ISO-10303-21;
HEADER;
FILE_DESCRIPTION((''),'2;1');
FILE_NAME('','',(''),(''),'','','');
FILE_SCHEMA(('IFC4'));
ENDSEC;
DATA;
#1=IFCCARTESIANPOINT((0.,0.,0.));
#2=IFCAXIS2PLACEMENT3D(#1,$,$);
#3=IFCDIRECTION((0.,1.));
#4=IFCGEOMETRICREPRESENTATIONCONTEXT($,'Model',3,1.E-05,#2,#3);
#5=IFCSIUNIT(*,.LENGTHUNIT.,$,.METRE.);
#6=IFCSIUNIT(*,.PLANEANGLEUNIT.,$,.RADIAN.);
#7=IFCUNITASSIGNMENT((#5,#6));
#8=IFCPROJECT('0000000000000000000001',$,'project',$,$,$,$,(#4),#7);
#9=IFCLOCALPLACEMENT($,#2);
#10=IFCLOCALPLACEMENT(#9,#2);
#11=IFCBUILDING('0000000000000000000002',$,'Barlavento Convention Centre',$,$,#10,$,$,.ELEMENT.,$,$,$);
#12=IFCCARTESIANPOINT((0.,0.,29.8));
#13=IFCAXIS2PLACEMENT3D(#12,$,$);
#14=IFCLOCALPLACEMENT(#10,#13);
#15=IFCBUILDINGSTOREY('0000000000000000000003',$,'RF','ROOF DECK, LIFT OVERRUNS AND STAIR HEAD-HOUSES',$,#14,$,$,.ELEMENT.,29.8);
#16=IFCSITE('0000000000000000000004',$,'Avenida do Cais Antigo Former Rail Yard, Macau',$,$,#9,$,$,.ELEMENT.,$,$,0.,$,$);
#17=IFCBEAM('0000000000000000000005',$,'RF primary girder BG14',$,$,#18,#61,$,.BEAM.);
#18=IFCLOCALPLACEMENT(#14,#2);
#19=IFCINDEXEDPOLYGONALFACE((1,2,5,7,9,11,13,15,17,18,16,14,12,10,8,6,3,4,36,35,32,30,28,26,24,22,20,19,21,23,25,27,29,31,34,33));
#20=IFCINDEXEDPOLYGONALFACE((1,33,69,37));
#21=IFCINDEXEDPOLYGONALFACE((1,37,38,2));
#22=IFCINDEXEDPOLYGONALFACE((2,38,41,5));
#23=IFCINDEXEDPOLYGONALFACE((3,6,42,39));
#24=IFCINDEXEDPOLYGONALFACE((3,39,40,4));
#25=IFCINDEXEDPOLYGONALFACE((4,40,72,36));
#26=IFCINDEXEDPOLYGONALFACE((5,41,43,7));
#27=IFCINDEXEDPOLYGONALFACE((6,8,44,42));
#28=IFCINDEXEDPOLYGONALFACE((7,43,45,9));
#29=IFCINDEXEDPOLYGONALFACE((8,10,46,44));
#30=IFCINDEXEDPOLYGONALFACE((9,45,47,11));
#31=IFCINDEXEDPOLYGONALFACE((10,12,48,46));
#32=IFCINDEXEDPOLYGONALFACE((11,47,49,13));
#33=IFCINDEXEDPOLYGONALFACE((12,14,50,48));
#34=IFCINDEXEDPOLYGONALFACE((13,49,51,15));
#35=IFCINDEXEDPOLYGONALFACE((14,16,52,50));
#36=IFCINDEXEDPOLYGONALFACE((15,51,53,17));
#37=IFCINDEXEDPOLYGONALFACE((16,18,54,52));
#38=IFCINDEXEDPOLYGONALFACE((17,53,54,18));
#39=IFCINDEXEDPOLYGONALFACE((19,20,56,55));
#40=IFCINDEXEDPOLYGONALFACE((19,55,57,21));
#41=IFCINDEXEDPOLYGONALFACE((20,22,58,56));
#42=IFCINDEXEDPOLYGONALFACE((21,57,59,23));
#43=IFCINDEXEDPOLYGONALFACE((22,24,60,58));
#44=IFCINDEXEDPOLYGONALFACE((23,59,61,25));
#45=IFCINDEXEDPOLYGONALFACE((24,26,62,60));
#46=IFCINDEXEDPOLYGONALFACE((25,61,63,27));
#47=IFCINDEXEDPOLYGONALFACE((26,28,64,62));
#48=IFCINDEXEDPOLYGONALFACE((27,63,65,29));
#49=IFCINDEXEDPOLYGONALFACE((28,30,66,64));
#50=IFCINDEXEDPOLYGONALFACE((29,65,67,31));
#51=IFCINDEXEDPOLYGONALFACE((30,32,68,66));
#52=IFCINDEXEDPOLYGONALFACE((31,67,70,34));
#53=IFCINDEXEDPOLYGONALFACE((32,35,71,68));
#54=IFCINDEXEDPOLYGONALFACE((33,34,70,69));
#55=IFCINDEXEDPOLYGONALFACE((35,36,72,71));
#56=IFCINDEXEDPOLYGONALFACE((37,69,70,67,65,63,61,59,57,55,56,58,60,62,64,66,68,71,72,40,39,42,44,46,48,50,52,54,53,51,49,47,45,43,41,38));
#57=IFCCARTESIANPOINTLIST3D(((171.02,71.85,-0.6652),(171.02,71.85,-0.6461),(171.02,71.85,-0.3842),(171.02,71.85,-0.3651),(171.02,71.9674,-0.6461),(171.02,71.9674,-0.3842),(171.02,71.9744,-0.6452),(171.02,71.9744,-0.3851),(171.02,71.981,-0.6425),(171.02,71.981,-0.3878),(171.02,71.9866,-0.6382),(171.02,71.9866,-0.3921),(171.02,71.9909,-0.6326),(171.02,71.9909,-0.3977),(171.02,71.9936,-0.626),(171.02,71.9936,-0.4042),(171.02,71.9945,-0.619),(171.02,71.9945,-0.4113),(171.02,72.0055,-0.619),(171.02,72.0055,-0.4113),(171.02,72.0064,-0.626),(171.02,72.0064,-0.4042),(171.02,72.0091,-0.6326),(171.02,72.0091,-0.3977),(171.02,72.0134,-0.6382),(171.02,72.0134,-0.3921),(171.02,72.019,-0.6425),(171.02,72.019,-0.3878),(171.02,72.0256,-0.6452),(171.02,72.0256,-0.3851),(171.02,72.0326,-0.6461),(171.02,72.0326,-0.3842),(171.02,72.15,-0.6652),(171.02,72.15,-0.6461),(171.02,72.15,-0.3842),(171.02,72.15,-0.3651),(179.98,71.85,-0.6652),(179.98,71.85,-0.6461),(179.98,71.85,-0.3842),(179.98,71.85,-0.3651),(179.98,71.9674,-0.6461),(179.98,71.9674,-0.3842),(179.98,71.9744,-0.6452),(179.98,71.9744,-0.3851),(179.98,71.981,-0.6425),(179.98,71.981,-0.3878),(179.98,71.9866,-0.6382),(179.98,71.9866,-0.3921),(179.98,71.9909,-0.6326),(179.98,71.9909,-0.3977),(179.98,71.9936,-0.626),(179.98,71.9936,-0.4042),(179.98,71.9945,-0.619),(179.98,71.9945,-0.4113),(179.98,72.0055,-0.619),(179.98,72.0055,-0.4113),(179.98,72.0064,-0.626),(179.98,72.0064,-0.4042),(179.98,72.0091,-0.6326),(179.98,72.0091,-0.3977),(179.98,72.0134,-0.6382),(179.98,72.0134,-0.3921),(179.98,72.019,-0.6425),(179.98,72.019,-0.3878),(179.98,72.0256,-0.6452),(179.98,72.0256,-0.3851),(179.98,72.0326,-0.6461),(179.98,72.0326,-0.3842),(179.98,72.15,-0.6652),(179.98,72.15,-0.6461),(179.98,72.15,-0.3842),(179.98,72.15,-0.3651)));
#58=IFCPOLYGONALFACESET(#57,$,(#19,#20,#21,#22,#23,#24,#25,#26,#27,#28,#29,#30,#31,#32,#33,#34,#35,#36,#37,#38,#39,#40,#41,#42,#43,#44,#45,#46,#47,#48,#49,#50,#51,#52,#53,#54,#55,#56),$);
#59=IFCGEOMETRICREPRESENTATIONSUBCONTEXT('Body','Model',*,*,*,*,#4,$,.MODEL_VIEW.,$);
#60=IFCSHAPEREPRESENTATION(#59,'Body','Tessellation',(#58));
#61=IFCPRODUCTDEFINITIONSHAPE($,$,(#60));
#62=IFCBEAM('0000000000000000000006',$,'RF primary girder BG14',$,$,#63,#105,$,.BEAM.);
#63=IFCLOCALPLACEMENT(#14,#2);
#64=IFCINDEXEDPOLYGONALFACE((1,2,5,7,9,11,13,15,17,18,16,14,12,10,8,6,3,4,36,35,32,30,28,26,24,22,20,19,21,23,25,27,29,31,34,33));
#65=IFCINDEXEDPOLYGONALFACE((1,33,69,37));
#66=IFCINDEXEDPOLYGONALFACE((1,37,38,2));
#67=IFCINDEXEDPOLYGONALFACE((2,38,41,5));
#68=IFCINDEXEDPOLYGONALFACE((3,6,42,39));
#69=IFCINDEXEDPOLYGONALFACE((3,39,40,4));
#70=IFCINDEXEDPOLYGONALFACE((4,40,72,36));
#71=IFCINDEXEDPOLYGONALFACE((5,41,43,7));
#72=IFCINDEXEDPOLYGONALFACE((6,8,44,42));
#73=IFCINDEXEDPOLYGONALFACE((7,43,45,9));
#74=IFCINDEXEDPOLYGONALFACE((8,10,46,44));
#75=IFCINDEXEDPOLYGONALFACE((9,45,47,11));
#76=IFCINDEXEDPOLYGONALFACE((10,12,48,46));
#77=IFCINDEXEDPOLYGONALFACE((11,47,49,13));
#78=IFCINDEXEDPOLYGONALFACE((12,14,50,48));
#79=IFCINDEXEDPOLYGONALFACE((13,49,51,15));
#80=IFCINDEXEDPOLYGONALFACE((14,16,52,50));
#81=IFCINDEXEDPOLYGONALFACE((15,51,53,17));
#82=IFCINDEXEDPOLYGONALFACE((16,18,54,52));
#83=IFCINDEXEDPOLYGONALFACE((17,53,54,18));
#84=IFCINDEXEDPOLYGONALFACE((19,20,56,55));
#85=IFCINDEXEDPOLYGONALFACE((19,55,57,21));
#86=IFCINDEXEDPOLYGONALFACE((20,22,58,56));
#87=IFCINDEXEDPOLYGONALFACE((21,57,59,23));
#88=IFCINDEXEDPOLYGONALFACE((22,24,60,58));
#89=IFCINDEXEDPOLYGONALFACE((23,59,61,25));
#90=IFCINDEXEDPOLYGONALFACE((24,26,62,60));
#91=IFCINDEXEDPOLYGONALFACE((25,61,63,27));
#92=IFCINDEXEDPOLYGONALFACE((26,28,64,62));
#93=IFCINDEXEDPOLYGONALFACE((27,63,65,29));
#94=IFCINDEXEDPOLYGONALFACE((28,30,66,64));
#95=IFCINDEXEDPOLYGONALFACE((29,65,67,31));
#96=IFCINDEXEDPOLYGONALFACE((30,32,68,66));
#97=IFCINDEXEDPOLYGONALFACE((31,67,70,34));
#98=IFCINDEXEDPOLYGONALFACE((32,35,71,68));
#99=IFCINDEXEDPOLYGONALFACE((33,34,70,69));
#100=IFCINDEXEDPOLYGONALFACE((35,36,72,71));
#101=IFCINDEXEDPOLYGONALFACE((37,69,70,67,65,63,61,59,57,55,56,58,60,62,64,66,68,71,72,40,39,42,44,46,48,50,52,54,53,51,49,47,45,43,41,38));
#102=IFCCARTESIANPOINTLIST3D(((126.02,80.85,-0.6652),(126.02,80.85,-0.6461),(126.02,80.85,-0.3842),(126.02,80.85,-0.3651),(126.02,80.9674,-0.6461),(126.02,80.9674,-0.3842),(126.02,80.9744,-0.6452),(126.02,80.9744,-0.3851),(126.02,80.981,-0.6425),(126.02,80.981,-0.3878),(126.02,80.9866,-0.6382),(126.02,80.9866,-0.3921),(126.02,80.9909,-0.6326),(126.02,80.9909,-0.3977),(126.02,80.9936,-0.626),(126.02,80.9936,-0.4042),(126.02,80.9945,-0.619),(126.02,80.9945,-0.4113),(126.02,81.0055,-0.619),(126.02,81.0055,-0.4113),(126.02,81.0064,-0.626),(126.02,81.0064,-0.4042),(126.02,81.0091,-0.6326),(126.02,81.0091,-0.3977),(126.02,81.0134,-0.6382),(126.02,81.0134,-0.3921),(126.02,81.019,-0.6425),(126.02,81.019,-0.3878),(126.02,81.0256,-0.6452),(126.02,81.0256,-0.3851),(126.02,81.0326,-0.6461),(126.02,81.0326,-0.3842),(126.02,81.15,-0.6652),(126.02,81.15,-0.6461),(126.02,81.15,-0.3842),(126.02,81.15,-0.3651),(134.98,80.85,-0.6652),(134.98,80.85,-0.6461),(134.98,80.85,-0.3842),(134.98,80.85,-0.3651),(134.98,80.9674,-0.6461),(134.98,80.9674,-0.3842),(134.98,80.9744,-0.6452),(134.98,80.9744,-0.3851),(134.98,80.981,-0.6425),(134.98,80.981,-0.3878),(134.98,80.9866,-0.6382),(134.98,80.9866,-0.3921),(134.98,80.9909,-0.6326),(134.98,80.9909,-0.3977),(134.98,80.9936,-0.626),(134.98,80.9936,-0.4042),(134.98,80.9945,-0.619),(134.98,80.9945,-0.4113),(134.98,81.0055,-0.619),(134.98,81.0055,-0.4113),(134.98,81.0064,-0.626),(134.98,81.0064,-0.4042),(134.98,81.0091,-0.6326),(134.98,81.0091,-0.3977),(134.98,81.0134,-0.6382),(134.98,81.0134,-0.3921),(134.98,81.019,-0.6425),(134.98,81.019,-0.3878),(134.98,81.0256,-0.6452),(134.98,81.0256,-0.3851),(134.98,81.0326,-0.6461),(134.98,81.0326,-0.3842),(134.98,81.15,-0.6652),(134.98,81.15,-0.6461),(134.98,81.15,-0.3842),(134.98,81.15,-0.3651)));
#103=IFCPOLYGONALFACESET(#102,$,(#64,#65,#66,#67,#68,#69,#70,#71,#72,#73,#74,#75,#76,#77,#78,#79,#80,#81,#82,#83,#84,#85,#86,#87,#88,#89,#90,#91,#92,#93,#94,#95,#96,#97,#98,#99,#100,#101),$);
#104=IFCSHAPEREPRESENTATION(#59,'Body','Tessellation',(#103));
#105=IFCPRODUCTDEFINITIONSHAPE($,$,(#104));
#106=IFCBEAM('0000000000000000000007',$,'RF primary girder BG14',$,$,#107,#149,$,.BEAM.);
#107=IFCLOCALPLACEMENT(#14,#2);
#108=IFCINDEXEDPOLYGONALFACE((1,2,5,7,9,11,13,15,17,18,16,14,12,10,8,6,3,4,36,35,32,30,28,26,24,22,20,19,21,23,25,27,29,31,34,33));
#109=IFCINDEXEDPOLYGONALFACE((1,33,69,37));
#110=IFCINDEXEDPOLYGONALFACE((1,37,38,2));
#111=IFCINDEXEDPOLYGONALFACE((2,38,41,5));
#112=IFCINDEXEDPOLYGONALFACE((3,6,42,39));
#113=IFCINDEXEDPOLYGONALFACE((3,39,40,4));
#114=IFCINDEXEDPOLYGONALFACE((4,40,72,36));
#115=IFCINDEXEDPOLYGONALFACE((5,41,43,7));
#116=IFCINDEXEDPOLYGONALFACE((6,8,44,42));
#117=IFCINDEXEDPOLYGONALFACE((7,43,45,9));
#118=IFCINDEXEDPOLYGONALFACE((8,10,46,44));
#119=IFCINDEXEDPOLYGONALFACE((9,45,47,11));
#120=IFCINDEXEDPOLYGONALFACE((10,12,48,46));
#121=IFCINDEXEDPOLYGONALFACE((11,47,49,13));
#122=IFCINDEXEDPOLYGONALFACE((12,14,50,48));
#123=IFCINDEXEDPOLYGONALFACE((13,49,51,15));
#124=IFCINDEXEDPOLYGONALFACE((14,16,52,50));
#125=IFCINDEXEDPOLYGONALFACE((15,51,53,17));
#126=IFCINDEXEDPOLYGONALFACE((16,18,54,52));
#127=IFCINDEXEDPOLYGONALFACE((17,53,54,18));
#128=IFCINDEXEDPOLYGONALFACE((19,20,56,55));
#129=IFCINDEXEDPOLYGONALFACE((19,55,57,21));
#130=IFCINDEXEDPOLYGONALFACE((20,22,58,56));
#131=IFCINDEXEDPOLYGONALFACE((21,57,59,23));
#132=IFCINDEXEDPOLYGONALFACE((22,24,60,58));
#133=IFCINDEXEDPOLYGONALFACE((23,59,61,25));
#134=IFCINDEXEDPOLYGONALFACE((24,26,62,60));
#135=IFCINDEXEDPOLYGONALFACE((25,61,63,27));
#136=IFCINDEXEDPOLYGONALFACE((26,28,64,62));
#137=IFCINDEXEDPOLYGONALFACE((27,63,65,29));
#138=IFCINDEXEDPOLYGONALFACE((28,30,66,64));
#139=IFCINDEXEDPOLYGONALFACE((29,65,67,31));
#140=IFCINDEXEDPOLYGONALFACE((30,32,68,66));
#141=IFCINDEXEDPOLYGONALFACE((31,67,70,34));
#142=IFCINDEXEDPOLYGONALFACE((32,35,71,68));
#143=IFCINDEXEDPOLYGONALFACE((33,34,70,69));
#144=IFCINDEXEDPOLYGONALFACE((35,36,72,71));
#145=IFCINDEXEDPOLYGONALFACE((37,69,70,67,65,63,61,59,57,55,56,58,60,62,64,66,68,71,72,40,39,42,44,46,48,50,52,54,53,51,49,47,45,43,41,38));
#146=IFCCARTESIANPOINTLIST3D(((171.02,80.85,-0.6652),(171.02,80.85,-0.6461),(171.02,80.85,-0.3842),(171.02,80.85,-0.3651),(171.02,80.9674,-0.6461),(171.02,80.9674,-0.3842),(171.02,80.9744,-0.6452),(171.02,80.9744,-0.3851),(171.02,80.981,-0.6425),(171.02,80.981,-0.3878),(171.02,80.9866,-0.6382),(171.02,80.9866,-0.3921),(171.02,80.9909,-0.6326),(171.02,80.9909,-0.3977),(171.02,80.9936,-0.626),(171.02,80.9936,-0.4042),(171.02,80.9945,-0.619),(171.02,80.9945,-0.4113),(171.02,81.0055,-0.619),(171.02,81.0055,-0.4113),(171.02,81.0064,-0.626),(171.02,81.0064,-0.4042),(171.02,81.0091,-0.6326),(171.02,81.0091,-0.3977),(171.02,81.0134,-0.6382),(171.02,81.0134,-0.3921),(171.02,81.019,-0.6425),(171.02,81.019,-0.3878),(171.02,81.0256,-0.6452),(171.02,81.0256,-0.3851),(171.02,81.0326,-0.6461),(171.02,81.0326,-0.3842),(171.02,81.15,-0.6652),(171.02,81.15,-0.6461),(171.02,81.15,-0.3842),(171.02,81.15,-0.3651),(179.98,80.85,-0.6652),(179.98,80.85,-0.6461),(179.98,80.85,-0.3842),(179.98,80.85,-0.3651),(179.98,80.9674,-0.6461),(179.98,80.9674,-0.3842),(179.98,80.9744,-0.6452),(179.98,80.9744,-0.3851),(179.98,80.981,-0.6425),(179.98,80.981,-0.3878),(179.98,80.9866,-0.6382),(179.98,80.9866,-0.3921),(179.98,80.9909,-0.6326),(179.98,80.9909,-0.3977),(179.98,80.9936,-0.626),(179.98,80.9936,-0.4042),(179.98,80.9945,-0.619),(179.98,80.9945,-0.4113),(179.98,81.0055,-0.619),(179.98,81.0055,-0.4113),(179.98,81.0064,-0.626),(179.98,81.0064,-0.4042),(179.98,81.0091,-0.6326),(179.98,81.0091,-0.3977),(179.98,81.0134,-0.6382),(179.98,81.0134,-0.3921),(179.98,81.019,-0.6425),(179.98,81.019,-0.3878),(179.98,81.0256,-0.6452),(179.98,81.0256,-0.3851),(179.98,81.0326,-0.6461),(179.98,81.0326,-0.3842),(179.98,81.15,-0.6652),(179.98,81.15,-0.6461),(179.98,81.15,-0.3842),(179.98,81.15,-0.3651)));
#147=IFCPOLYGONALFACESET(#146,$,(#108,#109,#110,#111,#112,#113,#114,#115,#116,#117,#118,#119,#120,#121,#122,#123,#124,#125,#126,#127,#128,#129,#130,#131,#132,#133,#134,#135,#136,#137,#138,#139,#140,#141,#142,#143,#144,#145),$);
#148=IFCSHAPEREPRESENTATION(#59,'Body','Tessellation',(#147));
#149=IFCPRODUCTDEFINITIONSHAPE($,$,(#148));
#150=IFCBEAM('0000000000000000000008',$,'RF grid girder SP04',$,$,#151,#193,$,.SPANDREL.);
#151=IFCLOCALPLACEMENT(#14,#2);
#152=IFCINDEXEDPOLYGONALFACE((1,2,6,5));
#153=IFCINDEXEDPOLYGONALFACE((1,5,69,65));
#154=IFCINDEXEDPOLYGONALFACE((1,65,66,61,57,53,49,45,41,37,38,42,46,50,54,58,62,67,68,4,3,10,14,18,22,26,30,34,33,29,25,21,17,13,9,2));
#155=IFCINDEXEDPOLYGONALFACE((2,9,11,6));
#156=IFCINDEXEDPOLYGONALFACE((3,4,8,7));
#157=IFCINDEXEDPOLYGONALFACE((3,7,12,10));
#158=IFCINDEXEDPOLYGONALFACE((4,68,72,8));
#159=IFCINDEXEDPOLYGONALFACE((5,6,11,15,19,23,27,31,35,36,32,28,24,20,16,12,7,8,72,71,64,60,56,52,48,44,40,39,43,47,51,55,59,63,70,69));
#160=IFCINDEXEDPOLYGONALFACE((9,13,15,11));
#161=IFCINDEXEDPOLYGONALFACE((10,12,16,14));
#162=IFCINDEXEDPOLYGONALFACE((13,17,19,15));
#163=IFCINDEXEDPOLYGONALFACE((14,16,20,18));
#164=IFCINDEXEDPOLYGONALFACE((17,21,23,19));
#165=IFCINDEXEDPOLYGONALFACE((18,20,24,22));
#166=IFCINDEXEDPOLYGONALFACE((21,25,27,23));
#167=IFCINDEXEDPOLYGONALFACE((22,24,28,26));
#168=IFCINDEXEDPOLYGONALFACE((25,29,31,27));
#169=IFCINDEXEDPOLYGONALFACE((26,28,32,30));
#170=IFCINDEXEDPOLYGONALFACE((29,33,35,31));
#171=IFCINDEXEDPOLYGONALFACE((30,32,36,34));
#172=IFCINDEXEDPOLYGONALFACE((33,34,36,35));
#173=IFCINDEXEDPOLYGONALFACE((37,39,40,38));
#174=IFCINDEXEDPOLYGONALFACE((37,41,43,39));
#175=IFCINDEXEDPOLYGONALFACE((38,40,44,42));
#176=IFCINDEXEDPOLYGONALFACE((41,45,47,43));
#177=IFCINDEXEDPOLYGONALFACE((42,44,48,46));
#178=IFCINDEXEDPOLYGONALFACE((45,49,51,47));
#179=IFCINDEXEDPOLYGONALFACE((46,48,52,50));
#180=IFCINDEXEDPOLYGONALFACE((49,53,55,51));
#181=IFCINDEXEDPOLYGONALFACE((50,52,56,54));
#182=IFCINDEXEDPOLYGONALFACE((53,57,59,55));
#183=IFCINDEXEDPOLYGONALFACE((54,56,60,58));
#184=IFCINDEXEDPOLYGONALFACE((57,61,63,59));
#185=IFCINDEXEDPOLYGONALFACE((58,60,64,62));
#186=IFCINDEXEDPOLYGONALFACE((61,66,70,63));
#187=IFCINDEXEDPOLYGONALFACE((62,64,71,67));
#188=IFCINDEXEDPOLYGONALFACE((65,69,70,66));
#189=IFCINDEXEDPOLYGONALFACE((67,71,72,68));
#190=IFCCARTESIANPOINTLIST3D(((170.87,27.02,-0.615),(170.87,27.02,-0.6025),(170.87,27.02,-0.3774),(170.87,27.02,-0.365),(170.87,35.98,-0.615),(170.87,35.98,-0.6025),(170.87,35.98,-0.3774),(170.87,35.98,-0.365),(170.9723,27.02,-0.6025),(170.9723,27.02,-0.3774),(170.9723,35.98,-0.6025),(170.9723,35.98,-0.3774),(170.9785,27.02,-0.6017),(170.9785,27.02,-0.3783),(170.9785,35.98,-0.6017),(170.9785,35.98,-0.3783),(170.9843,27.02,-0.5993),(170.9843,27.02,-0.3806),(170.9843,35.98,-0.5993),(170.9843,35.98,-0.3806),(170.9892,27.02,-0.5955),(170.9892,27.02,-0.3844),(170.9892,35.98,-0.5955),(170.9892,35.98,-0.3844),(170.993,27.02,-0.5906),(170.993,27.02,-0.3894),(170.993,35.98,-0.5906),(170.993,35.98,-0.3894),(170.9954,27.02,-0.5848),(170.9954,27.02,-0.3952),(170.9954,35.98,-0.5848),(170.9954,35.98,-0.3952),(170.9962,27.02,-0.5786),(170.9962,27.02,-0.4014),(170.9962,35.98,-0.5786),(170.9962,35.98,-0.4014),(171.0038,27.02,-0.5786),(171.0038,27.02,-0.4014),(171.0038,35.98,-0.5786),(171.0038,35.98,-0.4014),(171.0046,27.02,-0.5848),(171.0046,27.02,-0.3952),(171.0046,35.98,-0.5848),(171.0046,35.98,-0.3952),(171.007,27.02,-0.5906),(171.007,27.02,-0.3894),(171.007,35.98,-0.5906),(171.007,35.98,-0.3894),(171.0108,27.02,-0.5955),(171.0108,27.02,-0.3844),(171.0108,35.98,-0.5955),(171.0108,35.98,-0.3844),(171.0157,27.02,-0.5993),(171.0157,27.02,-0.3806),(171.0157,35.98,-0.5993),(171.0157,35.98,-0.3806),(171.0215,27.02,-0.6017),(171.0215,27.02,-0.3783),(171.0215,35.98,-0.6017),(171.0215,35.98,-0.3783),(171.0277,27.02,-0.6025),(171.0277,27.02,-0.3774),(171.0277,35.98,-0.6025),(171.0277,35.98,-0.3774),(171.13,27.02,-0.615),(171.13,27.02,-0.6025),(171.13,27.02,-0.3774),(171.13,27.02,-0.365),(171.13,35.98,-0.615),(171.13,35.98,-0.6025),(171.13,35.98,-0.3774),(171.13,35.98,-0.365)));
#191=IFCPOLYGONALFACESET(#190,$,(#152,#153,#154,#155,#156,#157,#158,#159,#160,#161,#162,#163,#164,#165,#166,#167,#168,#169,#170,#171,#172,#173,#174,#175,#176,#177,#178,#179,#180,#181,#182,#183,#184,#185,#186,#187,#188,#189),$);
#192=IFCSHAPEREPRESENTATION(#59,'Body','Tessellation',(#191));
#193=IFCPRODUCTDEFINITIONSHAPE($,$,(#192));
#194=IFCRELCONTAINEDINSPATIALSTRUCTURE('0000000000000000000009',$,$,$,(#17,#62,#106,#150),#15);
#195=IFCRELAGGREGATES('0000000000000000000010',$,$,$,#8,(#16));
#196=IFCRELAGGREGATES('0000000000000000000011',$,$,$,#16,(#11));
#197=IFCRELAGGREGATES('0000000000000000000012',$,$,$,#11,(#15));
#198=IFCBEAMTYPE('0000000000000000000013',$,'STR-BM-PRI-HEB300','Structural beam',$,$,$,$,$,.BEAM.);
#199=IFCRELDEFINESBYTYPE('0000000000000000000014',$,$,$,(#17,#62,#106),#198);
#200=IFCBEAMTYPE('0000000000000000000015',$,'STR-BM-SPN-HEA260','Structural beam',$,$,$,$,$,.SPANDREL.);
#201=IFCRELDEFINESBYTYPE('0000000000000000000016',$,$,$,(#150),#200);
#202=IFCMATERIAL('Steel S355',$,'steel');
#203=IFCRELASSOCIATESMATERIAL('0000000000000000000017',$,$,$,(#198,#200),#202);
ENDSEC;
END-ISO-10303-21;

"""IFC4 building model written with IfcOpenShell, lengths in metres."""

from ifc_helpers import new_model, si_unit, direction, frame, origin, origin_2d, place, context, subcontext, project, spatial, i_section, extrude, material, material_profile, profile_set, type_object, element, save


model = new_model("IFC4")

# Units and contexts
model_context = context("Model", 3, precision=1e-05, world=origin(), true_north=direction((0.0, 1.0)))
body_context = subcontext(model_context, "Body", "Model", "MODEL_VIEW")
ifc_project = project(units=[si_unit("LENGTHUNIT", "METRE"), si_unit("PLANEANGLEUNIT", "RADIAN")], contexts=[model_context])

# Site, building, storey
site_placement = place(None, origin())
site = spatial("IfcSite", under=ifc_project, at=site_placement, Name="Avenida do Cais Antigo Former Rail Yard, Macau", CompositionType="ELEMENT", RefElevation=0.0)
building_placement = place(site_placement, origin())
building = spatial("IfcBuilding", under=site, at=building_placement, Name="Barlavento Convention Centre", CompositionType="ELEMENT")
storey_placement = place(building_placement, frame((0.0, 0.0, 29.8)))
storey = spatial("IfcBuildingStorey", under=building, at=storey_placement, Name="RF", Description="ROOF DECK, LIFT OVERRUNS AND STAIR HEAD-HOUSES", CompositionType="ELEMENT", Elevation=29.8)

# Beams
ifc_material_1 = material(Name="Steel S355", Category="steel")
ifc_material_profile_1 = material_profile(ifc_material_1, i_section(OverallWidth=0.3, OverallDepth=0.3, WebThickness=0.011, FlangeThickness=0.019, FilletRadius=0.0271, at=origin_2d()), Name="HEB 300")
ifc_profile_set_1 = profile_set([ifc_material_profile_1], Name="Steel S355")
beam_type_1 = type_object("IfcBeamType", Name="STR-BM-PRI-HEB300", Description="Structural beam", PredefinedType="BEAM", material=ifc_profile_set_1)
for number, where, z_axis, x_axis, name in (
    (1, (171.02, 72.0, -0.5151), (1.0, 0.0, 0.0), (0.0, 1.0, 0.0), "RF primary girder BG14"),
    (2, (126.02, 81.0, -0.5151), (1.0, 0.0, 0.0), (0.0, 1.0, 0.0), "RF primary girder BG14"),
    (3, (171.02, 81.0, -0.5151), (1.0, 0.0, 0.0), (0.0, 1.0, 0.0), "RF primary girder BG14"),
):
    element("IfcBeam", number, at=place(storey_placement, frame(where, z_axis=z_axis, x_axis=x_axis)), inside=storey, type_object=beam_type_1, Name=name, PredefinedType="BEAM", context=body_context, shape_type="SweptSolid", body=[
        extrude(i_section(OverallWidth=0.3, OverallDepth=0.3, WebThickness=0.011, FlangeThickness=0.019, FilletRadius=0.0271, at=origin_2d()), origin(), (0.0, 0.0, 1.0), 8.96),
    ])
ifc_material_profile_2 = material_profile(ifc_material_1, i_section(OverallWidth=0.26, OverallDepth=0.25, WebThickness=0.0076, FlangeThickness=0.0125, FilletRadius=0.0239, at=origin_2d()), Name="HEA 260")
ifc_profile_set_2 = profile_set([ifc_material_profile_2], Name="Steel S355")
beam_type_2 = type_object("IfcBeamType", Name="STR-BM-SPN-HEA260", Description="Structural beam", PredefinedType="SPANDREL", material=ifc_profile_set_2)
for number, where, z_axis, x_axis, name in (
    (4, (171.0, 27.02, -0.49), (0.0, 1.0, 0.0), (-1.0, 0.0, 0.0), "RF grid girder SP04"),
):
    element("IfcBeam", number, at=place(storey_placement, frame(where, z_axis=z_axis, x_axis=x_axis)), inside=storey, type_object=beam_type_2, Name=name, PredefinedType="SPANDREL", context=body_context, shape_type="SweptSolid", body=[
        extrude(i_section(OverallWidth=0.26, OverallDepth=0.25, WebThickness=0.0076, FlangeThickness=0.0125, FilletRadius=0.0239, at=origin_2d()), origin(), (0.0, 0.0, 1.0), 8.96),
    ])

save(model, "model.ifc")
